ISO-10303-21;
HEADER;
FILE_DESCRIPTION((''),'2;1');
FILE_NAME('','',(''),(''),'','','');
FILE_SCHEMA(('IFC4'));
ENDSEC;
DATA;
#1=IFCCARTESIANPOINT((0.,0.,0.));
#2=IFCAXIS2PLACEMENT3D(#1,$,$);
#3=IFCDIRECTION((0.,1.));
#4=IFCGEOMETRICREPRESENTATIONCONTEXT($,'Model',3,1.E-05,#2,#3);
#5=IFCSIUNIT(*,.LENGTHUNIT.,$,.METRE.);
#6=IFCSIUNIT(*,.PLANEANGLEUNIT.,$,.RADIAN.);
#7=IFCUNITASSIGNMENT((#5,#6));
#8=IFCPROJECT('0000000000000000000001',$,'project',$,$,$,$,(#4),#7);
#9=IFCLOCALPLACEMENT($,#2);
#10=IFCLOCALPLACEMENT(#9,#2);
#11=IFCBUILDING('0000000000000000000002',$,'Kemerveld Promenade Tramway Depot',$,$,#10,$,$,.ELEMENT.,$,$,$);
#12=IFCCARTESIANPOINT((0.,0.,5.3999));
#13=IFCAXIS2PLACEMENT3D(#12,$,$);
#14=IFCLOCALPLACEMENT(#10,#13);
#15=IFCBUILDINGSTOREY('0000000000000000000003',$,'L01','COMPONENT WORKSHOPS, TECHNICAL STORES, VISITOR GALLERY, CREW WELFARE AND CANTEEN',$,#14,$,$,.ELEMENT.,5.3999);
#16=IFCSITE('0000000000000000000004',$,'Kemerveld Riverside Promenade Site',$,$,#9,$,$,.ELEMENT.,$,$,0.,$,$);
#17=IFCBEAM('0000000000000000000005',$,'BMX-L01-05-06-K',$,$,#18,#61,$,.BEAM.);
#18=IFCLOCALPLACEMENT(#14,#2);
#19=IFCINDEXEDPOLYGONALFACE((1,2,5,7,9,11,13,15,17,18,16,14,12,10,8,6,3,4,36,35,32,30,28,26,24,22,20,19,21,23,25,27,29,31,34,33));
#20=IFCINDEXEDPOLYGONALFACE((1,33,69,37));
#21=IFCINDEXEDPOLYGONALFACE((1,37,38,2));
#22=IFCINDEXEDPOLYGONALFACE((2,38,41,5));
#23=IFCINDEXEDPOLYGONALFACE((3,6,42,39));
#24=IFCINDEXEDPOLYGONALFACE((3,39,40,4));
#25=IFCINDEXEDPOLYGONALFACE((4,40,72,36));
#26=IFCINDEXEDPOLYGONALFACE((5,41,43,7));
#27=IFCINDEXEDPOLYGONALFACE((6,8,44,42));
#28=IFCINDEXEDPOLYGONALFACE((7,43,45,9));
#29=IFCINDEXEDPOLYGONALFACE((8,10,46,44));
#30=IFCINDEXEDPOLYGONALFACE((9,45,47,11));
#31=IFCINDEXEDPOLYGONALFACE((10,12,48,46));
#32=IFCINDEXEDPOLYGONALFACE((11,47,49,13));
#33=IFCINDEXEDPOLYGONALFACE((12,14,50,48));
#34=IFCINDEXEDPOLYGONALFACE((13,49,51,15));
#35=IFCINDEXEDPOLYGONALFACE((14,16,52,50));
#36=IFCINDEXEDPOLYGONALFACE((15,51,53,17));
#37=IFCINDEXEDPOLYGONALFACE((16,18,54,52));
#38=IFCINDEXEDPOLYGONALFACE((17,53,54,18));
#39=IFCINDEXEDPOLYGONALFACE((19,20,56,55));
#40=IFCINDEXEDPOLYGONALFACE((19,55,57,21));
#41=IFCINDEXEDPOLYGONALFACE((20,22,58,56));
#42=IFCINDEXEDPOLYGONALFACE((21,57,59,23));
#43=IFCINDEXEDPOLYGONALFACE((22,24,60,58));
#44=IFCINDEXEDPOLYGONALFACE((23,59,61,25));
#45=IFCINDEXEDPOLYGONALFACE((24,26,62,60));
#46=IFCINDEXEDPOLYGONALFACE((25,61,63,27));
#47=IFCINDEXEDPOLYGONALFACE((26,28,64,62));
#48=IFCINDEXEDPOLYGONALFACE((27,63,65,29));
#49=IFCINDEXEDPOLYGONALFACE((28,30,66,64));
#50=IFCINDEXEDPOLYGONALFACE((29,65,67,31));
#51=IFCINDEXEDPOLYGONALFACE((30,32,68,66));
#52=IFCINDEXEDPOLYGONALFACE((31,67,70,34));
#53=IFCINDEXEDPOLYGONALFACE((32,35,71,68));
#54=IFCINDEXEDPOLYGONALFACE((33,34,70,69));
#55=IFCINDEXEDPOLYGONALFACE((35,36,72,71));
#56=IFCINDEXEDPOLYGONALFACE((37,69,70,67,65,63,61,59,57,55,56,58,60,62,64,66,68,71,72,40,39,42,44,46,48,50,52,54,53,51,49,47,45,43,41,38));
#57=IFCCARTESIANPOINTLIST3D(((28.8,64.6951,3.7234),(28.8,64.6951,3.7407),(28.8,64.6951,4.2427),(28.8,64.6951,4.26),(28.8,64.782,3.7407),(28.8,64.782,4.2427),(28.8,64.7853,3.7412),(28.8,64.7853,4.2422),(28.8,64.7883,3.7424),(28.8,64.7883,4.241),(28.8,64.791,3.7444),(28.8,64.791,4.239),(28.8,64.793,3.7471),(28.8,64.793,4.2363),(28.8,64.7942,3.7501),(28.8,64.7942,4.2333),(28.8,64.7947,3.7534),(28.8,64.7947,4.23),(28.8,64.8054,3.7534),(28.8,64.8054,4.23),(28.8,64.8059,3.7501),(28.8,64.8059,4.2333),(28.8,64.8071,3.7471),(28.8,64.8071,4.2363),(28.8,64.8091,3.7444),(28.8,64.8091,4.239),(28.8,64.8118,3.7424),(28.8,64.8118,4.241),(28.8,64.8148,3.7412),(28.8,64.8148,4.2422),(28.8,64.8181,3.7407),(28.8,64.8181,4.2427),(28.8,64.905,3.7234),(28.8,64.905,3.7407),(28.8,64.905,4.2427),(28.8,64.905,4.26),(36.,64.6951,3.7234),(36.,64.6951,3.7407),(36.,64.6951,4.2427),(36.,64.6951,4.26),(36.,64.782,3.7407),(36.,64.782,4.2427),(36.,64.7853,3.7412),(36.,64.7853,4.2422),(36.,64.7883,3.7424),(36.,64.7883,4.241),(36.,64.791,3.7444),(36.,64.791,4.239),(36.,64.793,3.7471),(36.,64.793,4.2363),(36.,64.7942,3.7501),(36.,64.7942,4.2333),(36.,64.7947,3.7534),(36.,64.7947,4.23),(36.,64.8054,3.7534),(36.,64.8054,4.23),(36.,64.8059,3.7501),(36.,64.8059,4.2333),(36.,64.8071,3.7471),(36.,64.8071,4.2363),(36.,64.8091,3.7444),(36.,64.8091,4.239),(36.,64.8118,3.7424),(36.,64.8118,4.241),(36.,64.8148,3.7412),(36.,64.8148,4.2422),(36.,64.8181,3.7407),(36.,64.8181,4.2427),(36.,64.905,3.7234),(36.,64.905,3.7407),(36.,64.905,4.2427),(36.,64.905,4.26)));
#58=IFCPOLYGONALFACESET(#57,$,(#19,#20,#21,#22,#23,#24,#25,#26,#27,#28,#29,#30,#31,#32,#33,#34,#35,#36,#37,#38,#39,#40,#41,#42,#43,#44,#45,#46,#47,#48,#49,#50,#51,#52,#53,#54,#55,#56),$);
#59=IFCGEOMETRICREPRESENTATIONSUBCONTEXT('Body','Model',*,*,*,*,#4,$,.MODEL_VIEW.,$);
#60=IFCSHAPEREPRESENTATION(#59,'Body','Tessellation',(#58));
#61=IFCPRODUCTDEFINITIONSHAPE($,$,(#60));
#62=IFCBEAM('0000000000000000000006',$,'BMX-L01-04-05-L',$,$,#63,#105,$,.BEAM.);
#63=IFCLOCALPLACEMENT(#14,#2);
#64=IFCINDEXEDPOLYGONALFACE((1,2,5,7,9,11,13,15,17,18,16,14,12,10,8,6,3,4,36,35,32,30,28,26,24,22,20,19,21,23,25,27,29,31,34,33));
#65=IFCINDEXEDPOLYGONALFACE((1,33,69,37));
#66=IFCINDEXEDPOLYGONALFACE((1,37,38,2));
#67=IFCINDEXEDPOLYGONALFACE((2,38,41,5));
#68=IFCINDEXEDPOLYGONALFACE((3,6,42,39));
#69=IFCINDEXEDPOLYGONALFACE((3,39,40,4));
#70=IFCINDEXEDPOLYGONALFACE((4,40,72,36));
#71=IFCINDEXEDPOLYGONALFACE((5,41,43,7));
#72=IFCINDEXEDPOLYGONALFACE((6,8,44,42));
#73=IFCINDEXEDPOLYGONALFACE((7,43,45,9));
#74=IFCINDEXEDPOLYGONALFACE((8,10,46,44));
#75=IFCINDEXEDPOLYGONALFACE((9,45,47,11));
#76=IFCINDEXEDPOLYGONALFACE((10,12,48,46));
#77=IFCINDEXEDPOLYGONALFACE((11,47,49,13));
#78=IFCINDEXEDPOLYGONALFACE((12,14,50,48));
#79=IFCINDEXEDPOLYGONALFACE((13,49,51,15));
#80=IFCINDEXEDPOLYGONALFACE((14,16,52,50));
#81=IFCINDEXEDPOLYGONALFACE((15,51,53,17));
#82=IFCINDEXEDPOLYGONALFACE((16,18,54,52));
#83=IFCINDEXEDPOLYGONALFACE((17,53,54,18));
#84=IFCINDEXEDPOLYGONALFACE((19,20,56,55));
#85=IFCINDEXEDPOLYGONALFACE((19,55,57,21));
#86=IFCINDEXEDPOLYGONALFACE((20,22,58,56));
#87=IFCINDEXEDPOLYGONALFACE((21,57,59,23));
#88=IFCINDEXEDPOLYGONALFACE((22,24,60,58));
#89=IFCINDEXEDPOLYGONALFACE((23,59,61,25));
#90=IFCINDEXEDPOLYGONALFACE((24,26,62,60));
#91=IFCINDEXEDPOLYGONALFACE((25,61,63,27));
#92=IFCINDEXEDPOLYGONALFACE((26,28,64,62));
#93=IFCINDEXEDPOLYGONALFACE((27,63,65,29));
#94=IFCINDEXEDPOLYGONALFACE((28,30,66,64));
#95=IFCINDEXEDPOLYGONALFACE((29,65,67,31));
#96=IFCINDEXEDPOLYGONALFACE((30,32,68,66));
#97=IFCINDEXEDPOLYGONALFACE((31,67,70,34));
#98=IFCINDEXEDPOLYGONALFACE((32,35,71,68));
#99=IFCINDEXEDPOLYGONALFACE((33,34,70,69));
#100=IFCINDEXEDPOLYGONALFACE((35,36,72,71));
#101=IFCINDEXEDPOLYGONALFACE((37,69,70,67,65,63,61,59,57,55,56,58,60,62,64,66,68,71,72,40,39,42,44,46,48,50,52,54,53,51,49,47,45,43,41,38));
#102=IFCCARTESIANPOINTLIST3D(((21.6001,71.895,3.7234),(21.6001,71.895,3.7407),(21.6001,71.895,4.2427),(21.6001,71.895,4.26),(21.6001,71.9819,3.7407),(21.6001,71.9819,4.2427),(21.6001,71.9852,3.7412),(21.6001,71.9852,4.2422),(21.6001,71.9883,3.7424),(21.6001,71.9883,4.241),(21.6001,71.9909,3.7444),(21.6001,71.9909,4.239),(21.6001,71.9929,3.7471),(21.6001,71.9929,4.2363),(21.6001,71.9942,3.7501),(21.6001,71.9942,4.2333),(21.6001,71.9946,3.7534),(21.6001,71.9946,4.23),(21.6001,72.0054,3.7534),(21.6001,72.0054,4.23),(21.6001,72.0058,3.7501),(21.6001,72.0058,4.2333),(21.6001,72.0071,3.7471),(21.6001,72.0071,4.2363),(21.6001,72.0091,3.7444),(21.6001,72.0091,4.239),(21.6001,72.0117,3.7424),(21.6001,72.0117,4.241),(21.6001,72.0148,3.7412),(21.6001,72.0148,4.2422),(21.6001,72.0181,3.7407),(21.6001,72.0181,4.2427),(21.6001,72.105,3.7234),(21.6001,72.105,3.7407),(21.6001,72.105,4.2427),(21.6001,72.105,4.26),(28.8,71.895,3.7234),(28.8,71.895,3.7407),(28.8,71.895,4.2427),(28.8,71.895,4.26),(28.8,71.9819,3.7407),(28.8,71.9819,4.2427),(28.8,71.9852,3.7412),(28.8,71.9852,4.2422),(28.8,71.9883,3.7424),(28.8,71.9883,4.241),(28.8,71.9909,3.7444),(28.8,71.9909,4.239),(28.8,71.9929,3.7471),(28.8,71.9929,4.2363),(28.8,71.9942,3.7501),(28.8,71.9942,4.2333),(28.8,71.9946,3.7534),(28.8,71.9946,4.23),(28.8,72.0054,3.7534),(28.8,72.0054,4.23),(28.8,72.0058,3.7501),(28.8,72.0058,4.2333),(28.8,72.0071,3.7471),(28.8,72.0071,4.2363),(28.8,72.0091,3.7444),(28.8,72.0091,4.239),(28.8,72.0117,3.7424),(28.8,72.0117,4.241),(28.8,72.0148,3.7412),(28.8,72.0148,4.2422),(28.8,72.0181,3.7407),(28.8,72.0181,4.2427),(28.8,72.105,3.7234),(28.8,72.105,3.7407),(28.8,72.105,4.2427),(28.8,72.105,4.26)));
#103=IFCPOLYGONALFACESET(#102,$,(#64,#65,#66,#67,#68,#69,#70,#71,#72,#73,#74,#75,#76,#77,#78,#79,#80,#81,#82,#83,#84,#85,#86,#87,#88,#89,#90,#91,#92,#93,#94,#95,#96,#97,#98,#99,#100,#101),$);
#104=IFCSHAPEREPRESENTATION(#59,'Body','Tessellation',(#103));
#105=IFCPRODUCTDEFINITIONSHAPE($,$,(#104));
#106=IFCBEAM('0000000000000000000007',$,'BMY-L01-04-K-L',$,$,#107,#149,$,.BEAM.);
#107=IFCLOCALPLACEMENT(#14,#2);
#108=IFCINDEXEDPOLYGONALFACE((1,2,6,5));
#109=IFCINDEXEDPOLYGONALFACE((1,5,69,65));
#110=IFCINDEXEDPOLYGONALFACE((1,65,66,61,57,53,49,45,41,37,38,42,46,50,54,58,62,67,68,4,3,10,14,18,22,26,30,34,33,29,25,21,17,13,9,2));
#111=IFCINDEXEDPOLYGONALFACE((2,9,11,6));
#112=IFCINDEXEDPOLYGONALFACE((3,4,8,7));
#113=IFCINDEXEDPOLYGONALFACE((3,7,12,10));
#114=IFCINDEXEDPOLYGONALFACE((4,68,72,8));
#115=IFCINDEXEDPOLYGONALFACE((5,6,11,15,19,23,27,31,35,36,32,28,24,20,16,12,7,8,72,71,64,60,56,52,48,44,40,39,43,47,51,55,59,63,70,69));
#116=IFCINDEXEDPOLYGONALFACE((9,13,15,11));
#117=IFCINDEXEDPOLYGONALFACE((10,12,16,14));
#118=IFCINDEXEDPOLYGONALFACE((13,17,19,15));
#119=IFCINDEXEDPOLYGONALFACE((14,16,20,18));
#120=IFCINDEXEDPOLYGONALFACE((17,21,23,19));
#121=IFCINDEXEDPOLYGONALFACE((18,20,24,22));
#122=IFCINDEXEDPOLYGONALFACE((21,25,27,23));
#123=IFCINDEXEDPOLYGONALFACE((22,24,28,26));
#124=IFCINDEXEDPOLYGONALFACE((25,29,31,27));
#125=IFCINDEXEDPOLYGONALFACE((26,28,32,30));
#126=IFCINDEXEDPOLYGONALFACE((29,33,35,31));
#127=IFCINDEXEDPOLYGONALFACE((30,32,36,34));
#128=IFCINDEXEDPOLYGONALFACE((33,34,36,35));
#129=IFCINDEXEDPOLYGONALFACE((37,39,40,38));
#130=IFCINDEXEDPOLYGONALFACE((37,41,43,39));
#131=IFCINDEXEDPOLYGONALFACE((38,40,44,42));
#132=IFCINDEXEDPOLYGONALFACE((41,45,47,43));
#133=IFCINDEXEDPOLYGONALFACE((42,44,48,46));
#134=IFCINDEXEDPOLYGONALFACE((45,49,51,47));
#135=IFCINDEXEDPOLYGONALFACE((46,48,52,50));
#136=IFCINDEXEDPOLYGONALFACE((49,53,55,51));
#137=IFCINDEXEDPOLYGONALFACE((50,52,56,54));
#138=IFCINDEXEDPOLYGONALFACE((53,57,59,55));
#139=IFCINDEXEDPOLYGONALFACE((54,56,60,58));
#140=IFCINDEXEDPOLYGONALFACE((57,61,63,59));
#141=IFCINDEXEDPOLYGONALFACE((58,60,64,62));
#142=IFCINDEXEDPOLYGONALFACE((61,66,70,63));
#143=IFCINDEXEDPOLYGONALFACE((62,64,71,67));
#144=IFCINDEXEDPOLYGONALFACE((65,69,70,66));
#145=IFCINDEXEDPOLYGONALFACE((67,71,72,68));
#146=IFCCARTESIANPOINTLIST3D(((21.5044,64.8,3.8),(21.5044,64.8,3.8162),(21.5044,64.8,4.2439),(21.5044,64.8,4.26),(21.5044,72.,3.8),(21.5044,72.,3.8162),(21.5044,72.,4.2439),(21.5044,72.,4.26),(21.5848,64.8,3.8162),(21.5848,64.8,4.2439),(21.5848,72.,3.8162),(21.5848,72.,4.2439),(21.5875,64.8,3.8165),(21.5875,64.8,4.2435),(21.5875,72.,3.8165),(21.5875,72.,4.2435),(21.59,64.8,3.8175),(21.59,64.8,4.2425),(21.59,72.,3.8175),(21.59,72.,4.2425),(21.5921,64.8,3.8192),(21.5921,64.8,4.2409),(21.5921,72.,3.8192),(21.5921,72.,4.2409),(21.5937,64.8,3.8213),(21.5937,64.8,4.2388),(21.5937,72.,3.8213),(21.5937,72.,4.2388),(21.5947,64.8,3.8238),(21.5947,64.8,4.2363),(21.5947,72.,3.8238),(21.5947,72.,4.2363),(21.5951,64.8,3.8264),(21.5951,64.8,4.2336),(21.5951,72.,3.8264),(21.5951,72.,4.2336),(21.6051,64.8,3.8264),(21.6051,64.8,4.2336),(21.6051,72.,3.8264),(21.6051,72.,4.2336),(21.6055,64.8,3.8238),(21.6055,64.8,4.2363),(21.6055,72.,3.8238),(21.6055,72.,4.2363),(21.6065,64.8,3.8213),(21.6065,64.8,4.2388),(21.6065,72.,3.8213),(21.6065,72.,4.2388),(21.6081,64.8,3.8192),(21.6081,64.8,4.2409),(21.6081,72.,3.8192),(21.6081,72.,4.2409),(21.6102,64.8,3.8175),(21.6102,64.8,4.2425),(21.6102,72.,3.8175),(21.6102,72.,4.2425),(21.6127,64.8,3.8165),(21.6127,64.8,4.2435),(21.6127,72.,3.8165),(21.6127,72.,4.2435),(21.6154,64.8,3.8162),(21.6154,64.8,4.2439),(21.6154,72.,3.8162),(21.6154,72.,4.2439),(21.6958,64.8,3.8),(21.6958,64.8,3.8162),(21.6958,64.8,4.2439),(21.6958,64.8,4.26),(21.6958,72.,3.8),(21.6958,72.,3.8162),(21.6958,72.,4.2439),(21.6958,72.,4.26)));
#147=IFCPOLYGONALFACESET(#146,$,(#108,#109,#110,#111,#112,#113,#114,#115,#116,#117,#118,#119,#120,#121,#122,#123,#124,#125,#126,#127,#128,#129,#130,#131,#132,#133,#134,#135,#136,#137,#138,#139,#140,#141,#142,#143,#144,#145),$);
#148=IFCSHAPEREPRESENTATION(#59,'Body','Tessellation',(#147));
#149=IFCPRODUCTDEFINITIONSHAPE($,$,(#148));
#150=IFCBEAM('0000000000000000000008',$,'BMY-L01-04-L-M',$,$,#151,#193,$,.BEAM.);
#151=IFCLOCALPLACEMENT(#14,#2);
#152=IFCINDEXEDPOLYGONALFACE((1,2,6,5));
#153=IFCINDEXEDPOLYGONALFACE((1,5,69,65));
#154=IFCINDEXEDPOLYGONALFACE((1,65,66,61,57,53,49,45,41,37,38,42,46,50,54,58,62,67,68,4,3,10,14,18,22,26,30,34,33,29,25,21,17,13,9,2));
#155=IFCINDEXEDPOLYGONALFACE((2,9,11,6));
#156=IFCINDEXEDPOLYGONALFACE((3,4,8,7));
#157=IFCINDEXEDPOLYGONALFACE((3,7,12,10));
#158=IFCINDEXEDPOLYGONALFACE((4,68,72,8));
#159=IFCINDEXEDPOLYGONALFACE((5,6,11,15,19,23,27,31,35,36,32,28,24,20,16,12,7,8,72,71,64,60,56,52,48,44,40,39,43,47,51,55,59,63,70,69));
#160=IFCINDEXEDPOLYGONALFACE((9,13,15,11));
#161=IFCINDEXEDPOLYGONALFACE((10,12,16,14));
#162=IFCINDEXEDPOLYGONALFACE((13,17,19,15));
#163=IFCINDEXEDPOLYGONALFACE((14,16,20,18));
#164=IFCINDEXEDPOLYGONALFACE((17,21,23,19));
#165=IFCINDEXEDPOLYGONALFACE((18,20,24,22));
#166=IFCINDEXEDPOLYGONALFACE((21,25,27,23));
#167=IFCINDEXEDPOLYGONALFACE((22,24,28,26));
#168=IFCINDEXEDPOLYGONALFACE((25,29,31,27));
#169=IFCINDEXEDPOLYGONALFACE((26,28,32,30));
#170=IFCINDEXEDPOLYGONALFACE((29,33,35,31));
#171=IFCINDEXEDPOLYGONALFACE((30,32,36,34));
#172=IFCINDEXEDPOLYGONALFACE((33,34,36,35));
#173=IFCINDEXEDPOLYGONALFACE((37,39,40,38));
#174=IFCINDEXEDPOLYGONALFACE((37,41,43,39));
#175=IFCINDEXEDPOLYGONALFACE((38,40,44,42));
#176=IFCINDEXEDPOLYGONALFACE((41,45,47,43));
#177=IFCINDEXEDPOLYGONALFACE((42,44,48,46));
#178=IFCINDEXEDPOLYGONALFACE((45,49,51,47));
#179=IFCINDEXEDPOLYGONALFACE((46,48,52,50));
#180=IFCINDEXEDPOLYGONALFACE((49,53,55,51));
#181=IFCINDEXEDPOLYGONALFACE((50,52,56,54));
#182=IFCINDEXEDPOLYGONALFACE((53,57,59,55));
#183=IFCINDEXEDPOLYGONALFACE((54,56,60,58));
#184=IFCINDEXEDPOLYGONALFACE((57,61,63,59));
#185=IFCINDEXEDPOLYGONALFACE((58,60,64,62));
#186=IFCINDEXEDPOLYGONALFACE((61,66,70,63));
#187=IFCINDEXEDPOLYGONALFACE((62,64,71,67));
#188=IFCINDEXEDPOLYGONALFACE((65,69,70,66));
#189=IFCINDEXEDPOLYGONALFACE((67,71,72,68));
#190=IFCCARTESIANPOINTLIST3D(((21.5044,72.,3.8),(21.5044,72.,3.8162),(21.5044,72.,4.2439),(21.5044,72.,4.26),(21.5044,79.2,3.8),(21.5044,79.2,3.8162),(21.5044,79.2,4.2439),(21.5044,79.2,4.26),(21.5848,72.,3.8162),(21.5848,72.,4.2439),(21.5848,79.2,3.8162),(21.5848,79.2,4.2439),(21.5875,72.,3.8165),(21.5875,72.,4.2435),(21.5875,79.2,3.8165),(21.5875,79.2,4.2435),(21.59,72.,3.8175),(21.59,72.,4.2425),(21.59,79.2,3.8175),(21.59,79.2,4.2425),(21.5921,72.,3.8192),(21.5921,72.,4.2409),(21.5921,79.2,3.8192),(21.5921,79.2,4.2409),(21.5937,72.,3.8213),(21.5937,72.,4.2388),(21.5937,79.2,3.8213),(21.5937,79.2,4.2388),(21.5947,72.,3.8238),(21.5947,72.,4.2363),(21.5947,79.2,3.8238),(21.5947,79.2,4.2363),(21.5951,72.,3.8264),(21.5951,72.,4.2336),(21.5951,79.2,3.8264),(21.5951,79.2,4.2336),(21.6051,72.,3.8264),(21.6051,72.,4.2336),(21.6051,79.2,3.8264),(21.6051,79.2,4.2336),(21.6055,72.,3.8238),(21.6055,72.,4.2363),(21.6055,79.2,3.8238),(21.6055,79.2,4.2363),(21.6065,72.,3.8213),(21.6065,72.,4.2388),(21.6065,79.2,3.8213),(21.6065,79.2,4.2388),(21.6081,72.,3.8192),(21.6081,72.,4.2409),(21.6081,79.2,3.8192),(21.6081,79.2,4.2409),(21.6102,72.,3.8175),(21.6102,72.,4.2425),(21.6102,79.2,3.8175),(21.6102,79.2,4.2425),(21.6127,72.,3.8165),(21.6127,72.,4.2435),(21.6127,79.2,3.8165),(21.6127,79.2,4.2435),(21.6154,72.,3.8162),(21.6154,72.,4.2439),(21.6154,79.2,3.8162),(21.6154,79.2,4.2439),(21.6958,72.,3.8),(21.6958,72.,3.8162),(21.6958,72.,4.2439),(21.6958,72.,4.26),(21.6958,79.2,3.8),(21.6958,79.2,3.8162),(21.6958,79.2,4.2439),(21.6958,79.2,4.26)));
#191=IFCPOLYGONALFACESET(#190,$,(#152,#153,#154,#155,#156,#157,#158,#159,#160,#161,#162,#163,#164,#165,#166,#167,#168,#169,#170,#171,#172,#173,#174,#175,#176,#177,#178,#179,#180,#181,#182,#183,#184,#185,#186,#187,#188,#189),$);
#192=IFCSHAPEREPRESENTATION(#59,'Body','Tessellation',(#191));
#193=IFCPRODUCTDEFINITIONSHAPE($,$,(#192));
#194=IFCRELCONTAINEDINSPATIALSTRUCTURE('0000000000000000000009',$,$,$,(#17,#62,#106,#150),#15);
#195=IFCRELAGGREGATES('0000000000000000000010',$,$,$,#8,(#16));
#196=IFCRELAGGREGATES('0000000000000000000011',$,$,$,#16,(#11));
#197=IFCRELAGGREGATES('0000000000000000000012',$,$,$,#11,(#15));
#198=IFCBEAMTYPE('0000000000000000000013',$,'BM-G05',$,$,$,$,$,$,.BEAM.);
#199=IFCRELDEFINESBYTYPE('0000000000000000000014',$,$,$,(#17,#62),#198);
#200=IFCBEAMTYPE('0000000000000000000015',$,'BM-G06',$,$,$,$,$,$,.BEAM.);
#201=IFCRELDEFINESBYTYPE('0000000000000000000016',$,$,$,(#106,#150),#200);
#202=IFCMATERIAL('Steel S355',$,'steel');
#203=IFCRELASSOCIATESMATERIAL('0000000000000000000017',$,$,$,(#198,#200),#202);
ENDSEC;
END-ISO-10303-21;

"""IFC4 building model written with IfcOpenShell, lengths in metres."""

from ifc_helpers import new_model, si_unit, direction, frame, origin, origin_2d, place, context, subcontext, project, spatial, i_section, extrude, material, material_profile, profile_set, type_object, element, save


model = new_model("IFC4")

# Units and contexts
model_context = context("Model", 3, precision=1e-05, world=origin(), true_north=direction((0.0, 1.0)))
body_context = subcontext(model_context, "Body", "Model", "MODEL_VIEW")
ifc_project = project(units=[si_unit("LENGTHUNIT", "METRE"), si_unit("PLANEANGLEUNIT", "RADIAN")], contexts=[model_context])

# Site, building, storey
site_placement = place(None, origin())
site = spatial("IfcSite", under=ifc_project, at=site_placement, Name="Kemerveld Riverside Promenade Site", CompositionType="ELEMENT", RefElevation=0.0)
building_placement = place(site_placement, origin())
building = spatial("IfcBuilding", under=site, at=building_placement, Name="Kemerveld Promenade Tramway Depot", CompositionType="ELEMENT")
storey_placement = place(building_placement, frame((0.0, 0.0, 5.3999)))
storey = spatial("IfcBuildingStorey", under=building, at=storey_placement, Name="L01", Description="COMPONENT WORKSHOPS, TECHNICAL STORES, VISITOR GALLERY, CREW WELFARE AND CANTEEN", CompositionType="ELEMENT", Elevation=5.3999)

# Shared definitions
ifc_material_1 = material(Name="Steel S355", Category="steel")

# Beams
ifc_material_profile_1 = material_profile(ifc_material_1, i_section(OverallWidth=0.21, OverallDepth=0.5366, WebThickness=0.0107, FlangeThickness=0.0173, FilletRadius=0.0127, at=origin_2d()), Name="533x210x101 UB")
ifc_profile_set_1 = profile_set([ifc_material_profile_1], Name="Steel S355")
beam_type_1 = type_object("IfcBeamType", Name="BM-G05", PredefinedType="BEAM", material=ifc_profile_set_1)
for number, where, z_axis, x_axis, name in (
    (1, (28.8, 64.8, 3.9917), (1.0, 0.0, 0.0), (0.0, 1.0, 0.0), "BMX-L01-05-06-K"),
    (2, (21.6001, 72.0, 3.9917), (1.0, 0.0, 0.0), (0.0, 1.0, 0.0), "BMX-L01-04-05-L"),
):
    element("IfcBeam", number, at=place(storey_placement, frame(where, z_axis=z_axis, x_axis=x_axis)), inside=storey, type_object=beam_type_1, Name=name, PredefinedType="BEAM", context=body_context, shape_type="SweptSolid", body=[
        extrude(i_section(OverallWidth=0.21, OverallDepth=0.5366, WebThickness=0.0107, FlangeThickness=0.0173, FilletRadius=0.0127, at=origin_2d()), origin(), (0.0, 0.0, 1.0), 7.2),
    ])
ifc_material_profile_2 = material_profile(ifc_material_1, i_section(OverallWidth=0.1914, OverallDepth=0.46, WebThickness=0.01, FlangeThickness=0.0161, FilletRadius=0.0103, at=origin_2d()), Name="457x191x82 UB")
ifc_profile_set_2 = profile_set([ifc_material_profile_2], Name="Steel S355")
beam_type_2 = type_object("IfcBeamType", Name="BM-G06", PredefinedType="BEAM", material=ifc_profile_set_2)
for number, where, z_axis, x_axis, name in (
    (3, (21.6001, 64.8, 4.03), (0.0, 1.0, 0.0), (-1.0, 0.0, 0.0), "BMY-L01-04-K-L"),
    (4, (21.6001, 72.0, 4.03), (0.0, 1.0, 0.0), (-1.0, 0.0, 0.0), "BMY-L01-04-L-M"),
):
    element("IfcBeam", number, at=place(storey_placement, frame(where, z_axis=z_axis, x_axis=x_axis)), inside=storey, type_object=beam_type_2, Name=name, PredefinedType="BEAM", context=body_context, shape_type="SweptSolid", body=[
        extrude(i_section(OverallWidth=0.1914, OverallDepth=0.46, WebThickness=0.01, FlangeThickness=0.0161, FilletRadius=0.0103, at=origin_2d()), origin(), (0.0, 0.0, 1.0), 7.2),
    ])

save(model, "model.ifc")
